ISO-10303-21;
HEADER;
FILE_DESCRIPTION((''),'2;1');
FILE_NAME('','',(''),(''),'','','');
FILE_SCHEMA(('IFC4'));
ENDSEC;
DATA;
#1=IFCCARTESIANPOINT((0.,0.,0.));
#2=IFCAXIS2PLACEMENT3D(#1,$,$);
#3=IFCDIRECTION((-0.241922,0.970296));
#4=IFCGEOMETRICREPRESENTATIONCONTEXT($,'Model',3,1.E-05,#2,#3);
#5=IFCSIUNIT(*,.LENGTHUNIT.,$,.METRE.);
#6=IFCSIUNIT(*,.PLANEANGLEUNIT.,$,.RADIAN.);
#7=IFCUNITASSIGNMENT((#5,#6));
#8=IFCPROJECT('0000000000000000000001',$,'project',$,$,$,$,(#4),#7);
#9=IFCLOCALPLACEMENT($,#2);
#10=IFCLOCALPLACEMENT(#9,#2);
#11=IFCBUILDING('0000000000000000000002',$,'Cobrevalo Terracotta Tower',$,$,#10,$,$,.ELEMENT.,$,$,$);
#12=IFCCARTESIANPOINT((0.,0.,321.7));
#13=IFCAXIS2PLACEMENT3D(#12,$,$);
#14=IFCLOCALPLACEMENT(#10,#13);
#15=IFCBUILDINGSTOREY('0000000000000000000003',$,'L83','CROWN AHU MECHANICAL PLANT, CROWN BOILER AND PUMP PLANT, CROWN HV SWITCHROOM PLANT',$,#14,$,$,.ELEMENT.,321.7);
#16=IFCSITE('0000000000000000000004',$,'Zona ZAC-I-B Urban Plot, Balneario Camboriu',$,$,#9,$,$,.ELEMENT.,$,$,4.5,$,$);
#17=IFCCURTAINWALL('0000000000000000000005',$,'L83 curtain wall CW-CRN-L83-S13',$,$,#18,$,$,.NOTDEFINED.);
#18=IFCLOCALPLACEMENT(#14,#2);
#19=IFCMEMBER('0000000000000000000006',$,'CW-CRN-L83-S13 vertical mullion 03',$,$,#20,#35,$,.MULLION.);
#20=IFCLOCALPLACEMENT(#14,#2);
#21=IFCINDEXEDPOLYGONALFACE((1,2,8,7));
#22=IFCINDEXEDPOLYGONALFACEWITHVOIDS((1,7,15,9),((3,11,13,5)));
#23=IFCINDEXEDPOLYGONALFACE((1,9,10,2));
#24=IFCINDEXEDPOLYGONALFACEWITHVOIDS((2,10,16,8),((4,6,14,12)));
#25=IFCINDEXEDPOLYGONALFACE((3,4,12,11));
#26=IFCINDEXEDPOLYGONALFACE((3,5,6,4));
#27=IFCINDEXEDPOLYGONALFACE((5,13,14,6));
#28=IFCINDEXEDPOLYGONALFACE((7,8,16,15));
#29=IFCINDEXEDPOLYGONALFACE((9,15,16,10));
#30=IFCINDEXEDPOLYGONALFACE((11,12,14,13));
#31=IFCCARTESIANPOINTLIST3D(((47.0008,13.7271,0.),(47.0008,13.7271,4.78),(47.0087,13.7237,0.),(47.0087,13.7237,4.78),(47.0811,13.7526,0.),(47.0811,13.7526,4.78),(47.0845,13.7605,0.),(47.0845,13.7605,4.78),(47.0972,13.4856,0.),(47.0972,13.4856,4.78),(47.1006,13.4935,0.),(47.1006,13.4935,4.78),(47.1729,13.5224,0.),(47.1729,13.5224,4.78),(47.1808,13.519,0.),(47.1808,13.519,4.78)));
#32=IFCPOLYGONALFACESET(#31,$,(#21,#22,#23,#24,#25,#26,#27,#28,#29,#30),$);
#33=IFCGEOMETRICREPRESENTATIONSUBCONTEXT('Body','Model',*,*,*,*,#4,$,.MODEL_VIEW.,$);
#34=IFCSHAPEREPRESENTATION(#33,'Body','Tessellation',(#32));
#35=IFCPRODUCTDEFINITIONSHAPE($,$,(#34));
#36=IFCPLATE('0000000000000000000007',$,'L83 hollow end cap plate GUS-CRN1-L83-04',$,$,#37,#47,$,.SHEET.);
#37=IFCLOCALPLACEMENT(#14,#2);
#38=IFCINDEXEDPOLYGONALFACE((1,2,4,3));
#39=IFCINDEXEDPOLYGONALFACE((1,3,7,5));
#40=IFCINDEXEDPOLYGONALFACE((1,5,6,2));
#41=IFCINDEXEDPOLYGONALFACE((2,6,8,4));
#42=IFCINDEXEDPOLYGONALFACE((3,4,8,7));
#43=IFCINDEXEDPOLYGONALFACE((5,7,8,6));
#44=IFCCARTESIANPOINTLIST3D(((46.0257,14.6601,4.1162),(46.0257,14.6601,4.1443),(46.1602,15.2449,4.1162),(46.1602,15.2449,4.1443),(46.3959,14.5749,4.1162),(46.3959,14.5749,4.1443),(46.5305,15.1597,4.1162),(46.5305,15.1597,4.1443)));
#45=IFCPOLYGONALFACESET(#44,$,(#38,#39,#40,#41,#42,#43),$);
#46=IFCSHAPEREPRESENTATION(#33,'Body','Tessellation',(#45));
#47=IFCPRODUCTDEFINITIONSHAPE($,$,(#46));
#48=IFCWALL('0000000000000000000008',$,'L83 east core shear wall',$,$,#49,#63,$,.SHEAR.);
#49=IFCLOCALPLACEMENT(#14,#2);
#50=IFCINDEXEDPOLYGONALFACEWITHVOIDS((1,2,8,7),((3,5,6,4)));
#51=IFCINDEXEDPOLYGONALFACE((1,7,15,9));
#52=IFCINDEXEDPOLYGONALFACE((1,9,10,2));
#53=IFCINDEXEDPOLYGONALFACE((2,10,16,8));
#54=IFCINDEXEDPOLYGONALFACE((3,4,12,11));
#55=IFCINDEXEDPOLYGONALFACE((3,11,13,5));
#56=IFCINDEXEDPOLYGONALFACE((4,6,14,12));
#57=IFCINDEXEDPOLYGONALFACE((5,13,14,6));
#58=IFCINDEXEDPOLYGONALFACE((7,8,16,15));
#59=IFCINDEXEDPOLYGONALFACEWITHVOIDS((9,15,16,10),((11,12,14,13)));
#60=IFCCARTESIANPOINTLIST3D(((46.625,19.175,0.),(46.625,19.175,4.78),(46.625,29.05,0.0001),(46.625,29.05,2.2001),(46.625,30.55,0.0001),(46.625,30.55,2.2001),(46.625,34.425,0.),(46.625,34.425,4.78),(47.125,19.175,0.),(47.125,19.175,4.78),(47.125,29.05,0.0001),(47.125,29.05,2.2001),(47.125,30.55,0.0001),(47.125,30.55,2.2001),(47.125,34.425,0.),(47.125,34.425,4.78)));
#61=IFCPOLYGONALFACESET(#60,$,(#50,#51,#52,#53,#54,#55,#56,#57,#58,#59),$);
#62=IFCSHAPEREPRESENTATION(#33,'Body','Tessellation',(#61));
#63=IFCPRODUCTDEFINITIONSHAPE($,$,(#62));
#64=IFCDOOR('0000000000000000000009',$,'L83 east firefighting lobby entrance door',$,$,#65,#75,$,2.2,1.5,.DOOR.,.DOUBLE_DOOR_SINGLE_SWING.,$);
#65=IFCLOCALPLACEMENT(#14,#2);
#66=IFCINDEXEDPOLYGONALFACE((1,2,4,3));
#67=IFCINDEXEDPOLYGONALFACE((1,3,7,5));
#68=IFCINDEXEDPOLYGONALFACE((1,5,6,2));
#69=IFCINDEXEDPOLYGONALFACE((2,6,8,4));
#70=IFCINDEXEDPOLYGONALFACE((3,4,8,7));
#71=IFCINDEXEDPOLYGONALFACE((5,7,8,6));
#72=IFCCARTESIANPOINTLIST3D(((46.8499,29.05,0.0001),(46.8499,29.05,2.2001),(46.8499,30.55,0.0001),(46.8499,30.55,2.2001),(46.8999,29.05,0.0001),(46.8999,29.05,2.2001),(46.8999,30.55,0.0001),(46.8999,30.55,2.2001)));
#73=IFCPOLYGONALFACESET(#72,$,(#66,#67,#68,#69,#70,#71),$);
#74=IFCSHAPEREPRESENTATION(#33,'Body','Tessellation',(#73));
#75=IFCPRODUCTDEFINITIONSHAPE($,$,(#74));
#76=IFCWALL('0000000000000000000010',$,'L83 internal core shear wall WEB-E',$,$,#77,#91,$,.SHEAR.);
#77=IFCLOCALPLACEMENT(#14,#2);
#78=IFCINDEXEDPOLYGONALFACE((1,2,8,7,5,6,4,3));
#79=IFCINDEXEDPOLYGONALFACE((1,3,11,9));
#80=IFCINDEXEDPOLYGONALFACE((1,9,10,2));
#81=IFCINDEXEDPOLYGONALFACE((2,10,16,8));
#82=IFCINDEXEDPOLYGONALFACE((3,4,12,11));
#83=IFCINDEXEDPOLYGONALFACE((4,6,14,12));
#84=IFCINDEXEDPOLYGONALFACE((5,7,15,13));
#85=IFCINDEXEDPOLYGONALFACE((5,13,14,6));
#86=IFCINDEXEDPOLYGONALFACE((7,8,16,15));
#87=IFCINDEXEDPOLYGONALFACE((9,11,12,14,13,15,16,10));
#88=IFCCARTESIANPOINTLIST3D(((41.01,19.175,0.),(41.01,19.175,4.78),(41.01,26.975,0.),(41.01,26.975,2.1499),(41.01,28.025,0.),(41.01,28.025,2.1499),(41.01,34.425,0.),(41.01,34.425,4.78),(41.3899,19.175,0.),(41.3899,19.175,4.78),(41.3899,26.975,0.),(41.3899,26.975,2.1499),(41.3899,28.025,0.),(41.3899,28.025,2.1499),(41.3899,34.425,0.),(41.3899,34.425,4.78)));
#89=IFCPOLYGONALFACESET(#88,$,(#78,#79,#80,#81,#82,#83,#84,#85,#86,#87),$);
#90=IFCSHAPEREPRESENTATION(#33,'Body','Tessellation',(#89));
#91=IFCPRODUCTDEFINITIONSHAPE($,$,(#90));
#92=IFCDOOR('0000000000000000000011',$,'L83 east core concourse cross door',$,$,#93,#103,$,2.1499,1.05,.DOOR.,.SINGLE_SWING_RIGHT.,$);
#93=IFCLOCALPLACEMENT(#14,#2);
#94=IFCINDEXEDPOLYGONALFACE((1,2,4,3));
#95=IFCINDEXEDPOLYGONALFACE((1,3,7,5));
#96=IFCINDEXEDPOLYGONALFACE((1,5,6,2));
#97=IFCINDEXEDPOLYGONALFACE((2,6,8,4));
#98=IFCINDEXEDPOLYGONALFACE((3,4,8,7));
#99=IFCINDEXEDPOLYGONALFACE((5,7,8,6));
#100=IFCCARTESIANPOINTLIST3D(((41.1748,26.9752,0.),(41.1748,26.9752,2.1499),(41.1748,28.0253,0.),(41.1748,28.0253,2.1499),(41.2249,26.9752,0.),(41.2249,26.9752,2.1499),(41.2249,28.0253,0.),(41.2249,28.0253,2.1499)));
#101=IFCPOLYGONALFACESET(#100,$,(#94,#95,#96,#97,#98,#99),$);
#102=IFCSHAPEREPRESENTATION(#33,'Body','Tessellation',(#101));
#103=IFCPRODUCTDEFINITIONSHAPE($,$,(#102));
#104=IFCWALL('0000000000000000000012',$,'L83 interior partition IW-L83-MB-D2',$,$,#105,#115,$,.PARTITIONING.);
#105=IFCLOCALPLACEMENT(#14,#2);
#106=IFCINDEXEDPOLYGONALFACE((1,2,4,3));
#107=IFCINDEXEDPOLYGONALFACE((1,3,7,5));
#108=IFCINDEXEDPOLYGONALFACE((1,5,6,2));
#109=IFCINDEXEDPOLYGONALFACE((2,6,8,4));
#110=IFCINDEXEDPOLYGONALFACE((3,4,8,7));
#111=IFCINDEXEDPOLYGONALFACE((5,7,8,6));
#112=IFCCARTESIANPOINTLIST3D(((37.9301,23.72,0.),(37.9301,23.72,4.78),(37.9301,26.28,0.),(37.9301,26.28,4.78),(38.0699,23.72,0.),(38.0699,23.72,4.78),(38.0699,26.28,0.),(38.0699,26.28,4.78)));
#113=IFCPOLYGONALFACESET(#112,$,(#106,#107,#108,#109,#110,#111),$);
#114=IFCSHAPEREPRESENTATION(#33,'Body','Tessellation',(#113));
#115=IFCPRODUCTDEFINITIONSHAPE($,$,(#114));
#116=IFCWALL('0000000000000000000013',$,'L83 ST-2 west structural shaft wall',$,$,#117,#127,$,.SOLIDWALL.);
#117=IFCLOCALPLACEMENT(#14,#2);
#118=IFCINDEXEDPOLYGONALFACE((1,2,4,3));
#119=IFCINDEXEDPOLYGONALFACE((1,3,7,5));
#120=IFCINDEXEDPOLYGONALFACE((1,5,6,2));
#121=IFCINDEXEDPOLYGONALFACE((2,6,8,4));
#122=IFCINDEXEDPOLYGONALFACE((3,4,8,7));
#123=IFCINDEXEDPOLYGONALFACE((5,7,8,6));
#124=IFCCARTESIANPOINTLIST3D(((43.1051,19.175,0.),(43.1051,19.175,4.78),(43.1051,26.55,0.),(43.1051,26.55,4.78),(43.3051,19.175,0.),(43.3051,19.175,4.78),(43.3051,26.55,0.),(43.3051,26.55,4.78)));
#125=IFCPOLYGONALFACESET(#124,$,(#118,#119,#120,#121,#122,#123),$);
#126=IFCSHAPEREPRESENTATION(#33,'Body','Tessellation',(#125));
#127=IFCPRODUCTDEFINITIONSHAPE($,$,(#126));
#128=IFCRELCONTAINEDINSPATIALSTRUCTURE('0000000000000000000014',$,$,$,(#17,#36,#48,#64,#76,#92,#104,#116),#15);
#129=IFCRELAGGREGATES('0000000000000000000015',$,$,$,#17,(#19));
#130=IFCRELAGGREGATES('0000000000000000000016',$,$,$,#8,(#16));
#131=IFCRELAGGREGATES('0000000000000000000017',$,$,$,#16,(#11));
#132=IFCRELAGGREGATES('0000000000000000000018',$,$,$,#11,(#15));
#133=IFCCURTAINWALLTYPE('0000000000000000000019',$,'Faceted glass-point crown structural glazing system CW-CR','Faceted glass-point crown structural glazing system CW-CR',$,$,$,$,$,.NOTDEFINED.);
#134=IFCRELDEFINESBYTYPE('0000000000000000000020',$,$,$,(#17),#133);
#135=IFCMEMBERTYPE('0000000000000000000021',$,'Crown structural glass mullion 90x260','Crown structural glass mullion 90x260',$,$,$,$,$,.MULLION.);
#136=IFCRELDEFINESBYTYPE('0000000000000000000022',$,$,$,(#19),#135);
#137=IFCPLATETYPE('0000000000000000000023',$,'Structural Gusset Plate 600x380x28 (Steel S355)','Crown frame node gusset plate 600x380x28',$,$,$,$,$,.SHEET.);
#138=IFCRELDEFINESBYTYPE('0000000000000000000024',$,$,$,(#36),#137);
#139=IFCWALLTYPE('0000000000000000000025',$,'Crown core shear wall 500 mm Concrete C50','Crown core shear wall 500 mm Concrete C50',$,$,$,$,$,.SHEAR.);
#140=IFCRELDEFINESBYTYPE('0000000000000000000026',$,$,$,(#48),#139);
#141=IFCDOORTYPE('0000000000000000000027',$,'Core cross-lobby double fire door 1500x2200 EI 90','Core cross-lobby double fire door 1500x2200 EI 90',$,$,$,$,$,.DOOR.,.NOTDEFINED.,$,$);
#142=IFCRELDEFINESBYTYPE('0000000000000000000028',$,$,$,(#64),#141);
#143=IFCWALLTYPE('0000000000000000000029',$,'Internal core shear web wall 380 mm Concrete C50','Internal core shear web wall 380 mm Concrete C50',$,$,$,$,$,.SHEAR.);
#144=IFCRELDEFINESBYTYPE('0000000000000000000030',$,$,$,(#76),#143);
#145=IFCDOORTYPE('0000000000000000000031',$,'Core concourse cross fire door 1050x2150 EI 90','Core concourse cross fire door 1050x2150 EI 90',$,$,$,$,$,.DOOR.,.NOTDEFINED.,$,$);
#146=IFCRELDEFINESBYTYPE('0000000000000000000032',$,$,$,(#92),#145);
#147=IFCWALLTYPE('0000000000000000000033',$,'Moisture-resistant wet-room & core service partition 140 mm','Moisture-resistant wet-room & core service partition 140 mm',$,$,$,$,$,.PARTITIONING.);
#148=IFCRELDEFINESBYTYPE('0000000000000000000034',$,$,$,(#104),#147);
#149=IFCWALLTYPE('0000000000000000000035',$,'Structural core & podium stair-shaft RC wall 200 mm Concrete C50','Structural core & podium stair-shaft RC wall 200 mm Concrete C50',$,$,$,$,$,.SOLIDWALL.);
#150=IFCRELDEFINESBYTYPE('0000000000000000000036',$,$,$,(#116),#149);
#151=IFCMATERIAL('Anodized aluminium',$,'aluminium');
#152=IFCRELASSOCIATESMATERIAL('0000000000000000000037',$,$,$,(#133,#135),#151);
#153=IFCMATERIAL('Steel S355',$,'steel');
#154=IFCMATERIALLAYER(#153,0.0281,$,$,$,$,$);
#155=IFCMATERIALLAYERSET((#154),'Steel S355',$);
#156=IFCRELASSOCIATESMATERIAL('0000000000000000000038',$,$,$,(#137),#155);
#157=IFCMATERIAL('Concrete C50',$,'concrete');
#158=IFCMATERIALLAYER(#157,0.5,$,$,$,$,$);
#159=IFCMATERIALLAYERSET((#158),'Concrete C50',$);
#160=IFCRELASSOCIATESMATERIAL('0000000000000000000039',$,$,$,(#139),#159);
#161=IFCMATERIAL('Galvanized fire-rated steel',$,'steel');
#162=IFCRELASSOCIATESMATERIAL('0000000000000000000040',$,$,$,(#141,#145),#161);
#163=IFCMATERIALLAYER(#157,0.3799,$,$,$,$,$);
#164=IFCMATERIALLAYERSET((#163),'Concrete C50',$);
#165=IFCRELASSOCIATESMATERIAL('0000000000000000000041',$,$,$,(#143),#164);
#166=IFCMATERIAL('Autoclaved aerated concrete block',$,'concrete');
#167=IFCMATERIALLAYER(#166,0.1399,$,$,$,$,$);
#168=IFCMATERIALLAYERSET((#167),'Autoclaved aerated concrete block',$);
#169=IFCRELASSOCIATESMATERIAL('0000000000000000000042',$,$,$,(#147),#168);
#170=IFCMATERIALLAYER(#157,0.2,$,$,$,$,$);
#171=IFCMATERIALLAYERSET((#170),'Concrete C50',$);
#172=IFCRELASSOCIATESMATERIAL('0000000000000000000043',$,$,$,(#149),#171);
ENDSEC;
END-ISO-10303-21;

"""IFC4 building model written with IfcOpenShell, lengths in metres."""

from ifc_helpers import new_model, si_unit, direction, frame, frame_2d, origin, origin_2d, place, context, subcontext, project, spatial, rectangle, hollow_rectangle, extrude, source, transform, mapped, material, layer, layer_set, material_profile, profile_set, type_object, element, fill, aggregate, save


model = new_model("IFC4")

# Units and contexts
model_context = context("Model", 3, precision=1e-05, world=origin(), true_north=direction((-0.241922, 0.970296)))
body_context = subcontext(model_context, "Body", "Model", "MODEL_VIEW")
ifc_project = project(units=[si_unit("LENGTHUNIT", "METRE"), si_unit("PLANEANGLEUNIT", "RADIAN")], contexts=[model_context])

# Site, building, storey
site_placement = place(None, origin())
site = spatial("IfcSite", under=ifc_project, at=site_placement, Name="Zona ZAC-I-B Urban Plot, Balneario Camboriu", CompositionType="ELEMENT", RefElevation=4.5)
building_placement = place(site_placement, origin())
building = spatial("IfcBuilding", under=site, at=building_placement, Name="Cobrevalo Terracotta Tower", CompositionType="ELEMENT")
storey_placement = place(building_placement, frame((0.0, 0.0, 321.7)))
storey = spatial("IfcBuildingStorey", under=building, at=storey_placement, Name="L83", Description="CROWN AHU MECHANICAL PLANT, CROWN BOILER AND PUMP PLANT, CROWN HV SWITCHROOM PLANT", CompositionType="ELEMENT", Elevation=321.7)

# Shared definitions
ifc_material_1 = material(Name="Steel S355", Category="steel")
ifc_material_2 = material(Name="Concrete C50", Category="concrete")

# Curtain wall, member
ifc_material_3 = material(Name="Anodized aluminium", Category="aluminium")
curtain_wall_type = type_object("IfcCurtainWallType", Name="Faceted glass-point crown structural glazing system CW-CR", Description="Faceted glass-point crown structural glazing system CW-CR", PredefinedType="NOTDEFINED", material=ifc_material_3)
curtain_wall_placement = place(storey_placement, origin())
curtain_wall = element("IfcCurtainWall", 1, at=curtain_wall_placement, inside=storey, type_object=curtain_wall_type, Name="L83 curtain wall CW-CRN-L83-S13", PredefinedType="NOTDEFINED")
ifc_material_profile_1 = material_profile(ifc_material_3, hollow_rectangle(XDim=0.0901, YDim=0.26, WallThickness=0.0061, at=origin_2d()), Name="CWM 90x260")
ifc_profile_set_1 = profile_set([ifc_material_profile_1], Name="Anodized aluminium")
member_type = type_object("IfcMemberType", Name="Crown structural glass mullion 90x260", Description="Crown structural glass mullion 90x260", PredefinedType="MULLION", material=ifc_profile_set_1)
shared_shape_1 = source(origin(), body_context, "Body", "SweptSolid", [
    extrude(hollow_rectangle(XDim=0.0901, YDim=0.26, WallThickness=0.0061, at=origin_2d()), origin(), (0.0, 0.0, 1.0), 4.78),
])
member_placement = place(storey_placement, frame((47.0908, 13.623, 0.0), z_axis=(0.0, 0.0, 1.0), x_axis=(0.928771, 0.370655, 0.0)))
member = element("IfcMember", 2, at=member_placement, type_object=member_type, Name="CW-CRN-L83-S13 vertical mullion 03", PredefinedType="MULLION", context=body_context, shape_type="MappedRepresentation", body=[
    mapped(shared_shape_1, transform((0.0, 0.0, 0.0), scale=1.0)),
])
aggregate(curtain_wall, [member])

# Plate
ifc_layer_1 = layer(ifc_material_1, 0.0281)
ifc_layer_set_1 = layer_set([ifc_layer_1], Name="Steel S355")
plate_type = type_object("IfcPlateType", Name="Structural Gusset Plate 600x380x28 (Steel S355)", Description="Crown frame node gusset plate 600x380x28", PredefinedType="SHEET", material=ifc_layer_set_1)
shared_shape_2 = source(origin(), body_context, "Body", "SweptSolid", [
    extrude(rectangle(XDim=0.6001, YDim=0.3799, at=origin_2d()), origin(), (0.0, 0.0, 1.0), 0.0281),
])
plate_placement = place(storey_placement, frame((46.2781, 14.9099, 4.1162), z_axis=(0.0, 0.0, 1.0), x_axis=(-0.224221, -0.974538, 0.0)))
element("IfcPlate", 3, at=plate_placement, inside=storey, type_object=plate_type, Name="L83 hollow end cap plate GUS-CRN1-L83-04", PredefinedType="SHEET", context=body_context, shape_type="MappedRepresentation", body=[
    mapped(shared_shape_2, transform((0.0, 0.0, 0.0), scale=1.0)),
])

# Walls, openings, doors
ifc_layer_2 = layer(ifc_material_2, 0.5)
ifc_layer_set_2 = layer_set([ifc_layer_2], Name="Concrete C50")
wall_type_1 = type_object("IfcWallType", Name="Crown core shear wall 500 mm Concrete C50", Description="Crown core shear wall 500 mm Concrete C50", PredefinedType="SHEAR", material=ifc_layer_set_2)
wall_1_placement = place(storey_placement, frame((46.875, 19.175, 0.0), z_axis=(0.0, 0.0, 1.0), x_axis=(0.0, 1.0, 0.0)))
wall_1 = element("IfcWall", 4, at=wall_1_placement, inside=storey, type_object=wall_type_1, Name="L83 east core shear wall", PredefinedType="SHEAR", context=body_context, shape_type="SweptSolid", body=[
    extrude(rectangle(XDim=15.25, YDim=0.5, at=frame_2d((7.625, 0.0))), origin(), (0.0, 0.0, 1.0), 4.78),
])
opening_1_placement = place(wall_1_placement, frame((9.875, 0.0, 0.0)))
opening_1 = element("IfcOpeningElement", 5, at=opening_1_placement, cuts=wall_1, PredefinedType="OPENING", context=body_context, shape_type="SweptSolid", body=[
    extrude(rectangle(XDim=1.5, YDim=2.2, at=frame_2d((0.75, 1.1001))), frame((0.0, 0.26, 0.0), z_axis=(0.0, -1.0, 0.0), x_axis=(1.0, 0.0, 0.0)), (0.0, 0.0, 1.0), 0.52),
])
ifc_material_4 = material(Name="Galvanized fire-rated steel", Category="steel")
door_type_1 = type_object("IfcDoorType", Name="Core cross-lobby double fire door 1500x2200 EI 90", Description="Core cross-lobby double fire door 1500x2200 EI 90", OperationType="NOTDEFINED", PredefinedType="DOOR", material=ifc_material_4)
shared_shape_3 = source(origin(), body_context, "Body", "SweptSolid", [
    extrude(rectangle(XDim=1.5, YDim=2.2, at=frame_2d((0.75, 1.1001))), frame((0.0, 0.0249, 0.0), z_axis=(0.0, -1.0, 0.0), x_axis=(1.0, 0.0, 0.0)), (0.0, 0.0, 1.0), 0.05),
])
door_1_placement = place(opening_1_placement, frame((1.5, 0.0, 0.0), z_axis=(0.0, 0.0, 1.0), x_axis=(-1.0, 0.0, 0.0)))
door_1 = element("IfcDoor", 6, at=door_1_placement, inside=storey, type_object=door_type_1, Name="L83 east firefighting lobby entrance door", OperationType="DOUBLE_DOOR_SINGLE_SWING", OverallHeight=2.2, OverallWidth=1.5, PredefinedType="DOOR", context=body_context, shape_type="MappedRepresentation", body=[
    mapped(shared_shape_3, transform((0.0, 0.0, 0.0), scale=1.0)),
])
fill(opening_1, door_1)
ifc_layer_3 = layer(ifc_material_2, 0.3799)
ifc_layer_set_3 = layer_set([ifc_layer_3], Name="Concrete C50")
wall_type_2 = type_object("IfcWallType", Name="Internal core shear web wall 380 mm Concrete C50", Description="Internal core shear web wall 380 mm Concrete C50", PredefinedType="SHEAR", material=ifc_layer_set_3)
wall_2_placement = place(storey_placement, frame((41.2, 19.175, 0.0), z_axis=(0.0, 0.0, 1.0), x_axis=(0.0, 1.0, 0.0)))
wall_2 = element("IfcWall", 7, at=wall_2_placement, inside=storey, type_object=wall_type_2, Name="L83 internal core shear wall WEB-E", PredefinedType="SHEAR", context=body_context, shape_type="SweptSolid", body=[
    extrude(rectangle(XDim=15.25, YDim=0.3799, at=frame_2d((7.625, 0.0))), origin(), (0.0, 0.0, 1.0), 4.78),
])
opening_2_placement = place(wall_2_placement, frame((7.8, 0.0, 0.0)))
opening_2 = element("IfcOpeningElement", 8, at=opening_2_placement, cuts=wall_2, PredefinedType="OPENING", context=body_context, shape_type="SweptSolid", body=[
    extrude(rectangle(XDim=1.05, YDim=2.1499, at=frame_2d((0.5249, 1.075))), frame((0.0, 0.2, 0.0), z_axis=(0.0, -1.0, 0.0), x_axis=(1.0, 0.0, 0.0)), (0.0, 0.0, 1.0), 0.3999),
])
door_type_2 = type_object("IfcDoorType", Name="Core concourse cross fire door 1050x2150 EI 90", Description="Core concourse cross fire door 1050x2150 EI 90", OperationType="NOTDEFINED", PredefinedType="DOOR", material=ifc_material_4)
shared_shape_4 = source(origin(), body_context, "Body", "SweptSolid", [
    extrude(rectangle(XDim=1.05, YDim=2.1499, at=frame_2d((0.5249, 1.075))), frame((0.0, 0.0249, 0.0), z_axis=(0.0, -1.0, 0.0), x_axis=(1.0, 0.0, 0.0)), (0.0, 0.0, 1.0), 0.05),
])
door_2_placement = place(opening_2_placement, frame((1.05, 0.0, 0.0), z_axis=(0.0, 0.0, 1.0), x_axis=(-1.0, 0.0, 0.0)))
door_2 = element("IfcDoor", 9, at=door_2_placement, inside=storey, type_object=door_type_2, Name="L83 east core concourse cross door", OperationType="SINGLE_SWING_RIGHT", OverallHeight=2.1499, OverallWidth=1.05, PredefinedType="DOOR", context=body_context, shape_type="MappedRepresentation", body=[
    mapped(shared_shape_4, transform((0.0, 0.0, 0.0), scale=1.0)),
])
fill(opening_2, door_2)

# Walls
ifc_material_5 = material(Name="Autoclaved aerated concrete block", Category="concrete")
ifc_layer_4 = layer(ifc_material_5, 0.1399)
ifc_layer_set_4 = layer_set([ifc_layer_4], Name="Autoclaved aerated concrete block")
wall_type_3 = type_object("IfcWallType", Name="Moisture-resistant wet-room & core service partition 140 mm", Description="Moisture-resistant wet-room & core service partition 140 mm", PredefinedType="PARTITIONING", material=ifc_layer_set_4)
wall_3_placement = place(storey_placement, frame((38.0, 23.72, 0.0), z_axis=(0.0, 0.0, 1.0), x_axis=(0.0, 1.0, 0.0)))
element("IfcWall", 10, at=wall_3_placement, inside=storey, type_object=wall_type_3, Name="L83 interior partition IW-L83-MB-D2", PredefinedType="PARTITIONING", context=body_context, shape_type="SweptSolid", body=[
    extrude(rectangle(XDim=2.5601, YDim=0.1399, at=frame_2d((1.28, 0.0))), origin(), (0.0, 0.0, 1.0), 4.78),
])
ifc_layer_5 = layer(ifc_material_2, 0.2)
ifc_layer_set_5 = layer_set([ifc_layer_5], Name="Concrete C50")
wall_type_4 = type_object("IfcWallType", Name="Structural core & podium stair-shaft RC wall 200 mm Concrete C50", Description="Structural core & podium stair-shaft RC wall 200 mm Concrete C50", PredefinedType="SOLIDWALL", material=ifc_layer_set_5)
wall_4_placement = place(storey_placement, frame((43.2051, 19.175, 0.0), z_axis=(0.0, 0.0, 1.0), x_axis=(0.0, 1.0, 0.0)))
element("IfcWall", 11, at=wall_4_placement, inside=storey, type_object=wall_type_4, Name="L83 ST-2 west structural shaft wall", PredefinedType="SOLIDWALL", context=body_context, shape_type="SweptSolid", body=[
    extrude(rectangle(XDim=7.375, YDim=0.2, at=frame_2d((3.6875, 0.0))), origin(), (0.0, 0.0, 1.0), 4.78),
])

save(model, "model.ifc")
